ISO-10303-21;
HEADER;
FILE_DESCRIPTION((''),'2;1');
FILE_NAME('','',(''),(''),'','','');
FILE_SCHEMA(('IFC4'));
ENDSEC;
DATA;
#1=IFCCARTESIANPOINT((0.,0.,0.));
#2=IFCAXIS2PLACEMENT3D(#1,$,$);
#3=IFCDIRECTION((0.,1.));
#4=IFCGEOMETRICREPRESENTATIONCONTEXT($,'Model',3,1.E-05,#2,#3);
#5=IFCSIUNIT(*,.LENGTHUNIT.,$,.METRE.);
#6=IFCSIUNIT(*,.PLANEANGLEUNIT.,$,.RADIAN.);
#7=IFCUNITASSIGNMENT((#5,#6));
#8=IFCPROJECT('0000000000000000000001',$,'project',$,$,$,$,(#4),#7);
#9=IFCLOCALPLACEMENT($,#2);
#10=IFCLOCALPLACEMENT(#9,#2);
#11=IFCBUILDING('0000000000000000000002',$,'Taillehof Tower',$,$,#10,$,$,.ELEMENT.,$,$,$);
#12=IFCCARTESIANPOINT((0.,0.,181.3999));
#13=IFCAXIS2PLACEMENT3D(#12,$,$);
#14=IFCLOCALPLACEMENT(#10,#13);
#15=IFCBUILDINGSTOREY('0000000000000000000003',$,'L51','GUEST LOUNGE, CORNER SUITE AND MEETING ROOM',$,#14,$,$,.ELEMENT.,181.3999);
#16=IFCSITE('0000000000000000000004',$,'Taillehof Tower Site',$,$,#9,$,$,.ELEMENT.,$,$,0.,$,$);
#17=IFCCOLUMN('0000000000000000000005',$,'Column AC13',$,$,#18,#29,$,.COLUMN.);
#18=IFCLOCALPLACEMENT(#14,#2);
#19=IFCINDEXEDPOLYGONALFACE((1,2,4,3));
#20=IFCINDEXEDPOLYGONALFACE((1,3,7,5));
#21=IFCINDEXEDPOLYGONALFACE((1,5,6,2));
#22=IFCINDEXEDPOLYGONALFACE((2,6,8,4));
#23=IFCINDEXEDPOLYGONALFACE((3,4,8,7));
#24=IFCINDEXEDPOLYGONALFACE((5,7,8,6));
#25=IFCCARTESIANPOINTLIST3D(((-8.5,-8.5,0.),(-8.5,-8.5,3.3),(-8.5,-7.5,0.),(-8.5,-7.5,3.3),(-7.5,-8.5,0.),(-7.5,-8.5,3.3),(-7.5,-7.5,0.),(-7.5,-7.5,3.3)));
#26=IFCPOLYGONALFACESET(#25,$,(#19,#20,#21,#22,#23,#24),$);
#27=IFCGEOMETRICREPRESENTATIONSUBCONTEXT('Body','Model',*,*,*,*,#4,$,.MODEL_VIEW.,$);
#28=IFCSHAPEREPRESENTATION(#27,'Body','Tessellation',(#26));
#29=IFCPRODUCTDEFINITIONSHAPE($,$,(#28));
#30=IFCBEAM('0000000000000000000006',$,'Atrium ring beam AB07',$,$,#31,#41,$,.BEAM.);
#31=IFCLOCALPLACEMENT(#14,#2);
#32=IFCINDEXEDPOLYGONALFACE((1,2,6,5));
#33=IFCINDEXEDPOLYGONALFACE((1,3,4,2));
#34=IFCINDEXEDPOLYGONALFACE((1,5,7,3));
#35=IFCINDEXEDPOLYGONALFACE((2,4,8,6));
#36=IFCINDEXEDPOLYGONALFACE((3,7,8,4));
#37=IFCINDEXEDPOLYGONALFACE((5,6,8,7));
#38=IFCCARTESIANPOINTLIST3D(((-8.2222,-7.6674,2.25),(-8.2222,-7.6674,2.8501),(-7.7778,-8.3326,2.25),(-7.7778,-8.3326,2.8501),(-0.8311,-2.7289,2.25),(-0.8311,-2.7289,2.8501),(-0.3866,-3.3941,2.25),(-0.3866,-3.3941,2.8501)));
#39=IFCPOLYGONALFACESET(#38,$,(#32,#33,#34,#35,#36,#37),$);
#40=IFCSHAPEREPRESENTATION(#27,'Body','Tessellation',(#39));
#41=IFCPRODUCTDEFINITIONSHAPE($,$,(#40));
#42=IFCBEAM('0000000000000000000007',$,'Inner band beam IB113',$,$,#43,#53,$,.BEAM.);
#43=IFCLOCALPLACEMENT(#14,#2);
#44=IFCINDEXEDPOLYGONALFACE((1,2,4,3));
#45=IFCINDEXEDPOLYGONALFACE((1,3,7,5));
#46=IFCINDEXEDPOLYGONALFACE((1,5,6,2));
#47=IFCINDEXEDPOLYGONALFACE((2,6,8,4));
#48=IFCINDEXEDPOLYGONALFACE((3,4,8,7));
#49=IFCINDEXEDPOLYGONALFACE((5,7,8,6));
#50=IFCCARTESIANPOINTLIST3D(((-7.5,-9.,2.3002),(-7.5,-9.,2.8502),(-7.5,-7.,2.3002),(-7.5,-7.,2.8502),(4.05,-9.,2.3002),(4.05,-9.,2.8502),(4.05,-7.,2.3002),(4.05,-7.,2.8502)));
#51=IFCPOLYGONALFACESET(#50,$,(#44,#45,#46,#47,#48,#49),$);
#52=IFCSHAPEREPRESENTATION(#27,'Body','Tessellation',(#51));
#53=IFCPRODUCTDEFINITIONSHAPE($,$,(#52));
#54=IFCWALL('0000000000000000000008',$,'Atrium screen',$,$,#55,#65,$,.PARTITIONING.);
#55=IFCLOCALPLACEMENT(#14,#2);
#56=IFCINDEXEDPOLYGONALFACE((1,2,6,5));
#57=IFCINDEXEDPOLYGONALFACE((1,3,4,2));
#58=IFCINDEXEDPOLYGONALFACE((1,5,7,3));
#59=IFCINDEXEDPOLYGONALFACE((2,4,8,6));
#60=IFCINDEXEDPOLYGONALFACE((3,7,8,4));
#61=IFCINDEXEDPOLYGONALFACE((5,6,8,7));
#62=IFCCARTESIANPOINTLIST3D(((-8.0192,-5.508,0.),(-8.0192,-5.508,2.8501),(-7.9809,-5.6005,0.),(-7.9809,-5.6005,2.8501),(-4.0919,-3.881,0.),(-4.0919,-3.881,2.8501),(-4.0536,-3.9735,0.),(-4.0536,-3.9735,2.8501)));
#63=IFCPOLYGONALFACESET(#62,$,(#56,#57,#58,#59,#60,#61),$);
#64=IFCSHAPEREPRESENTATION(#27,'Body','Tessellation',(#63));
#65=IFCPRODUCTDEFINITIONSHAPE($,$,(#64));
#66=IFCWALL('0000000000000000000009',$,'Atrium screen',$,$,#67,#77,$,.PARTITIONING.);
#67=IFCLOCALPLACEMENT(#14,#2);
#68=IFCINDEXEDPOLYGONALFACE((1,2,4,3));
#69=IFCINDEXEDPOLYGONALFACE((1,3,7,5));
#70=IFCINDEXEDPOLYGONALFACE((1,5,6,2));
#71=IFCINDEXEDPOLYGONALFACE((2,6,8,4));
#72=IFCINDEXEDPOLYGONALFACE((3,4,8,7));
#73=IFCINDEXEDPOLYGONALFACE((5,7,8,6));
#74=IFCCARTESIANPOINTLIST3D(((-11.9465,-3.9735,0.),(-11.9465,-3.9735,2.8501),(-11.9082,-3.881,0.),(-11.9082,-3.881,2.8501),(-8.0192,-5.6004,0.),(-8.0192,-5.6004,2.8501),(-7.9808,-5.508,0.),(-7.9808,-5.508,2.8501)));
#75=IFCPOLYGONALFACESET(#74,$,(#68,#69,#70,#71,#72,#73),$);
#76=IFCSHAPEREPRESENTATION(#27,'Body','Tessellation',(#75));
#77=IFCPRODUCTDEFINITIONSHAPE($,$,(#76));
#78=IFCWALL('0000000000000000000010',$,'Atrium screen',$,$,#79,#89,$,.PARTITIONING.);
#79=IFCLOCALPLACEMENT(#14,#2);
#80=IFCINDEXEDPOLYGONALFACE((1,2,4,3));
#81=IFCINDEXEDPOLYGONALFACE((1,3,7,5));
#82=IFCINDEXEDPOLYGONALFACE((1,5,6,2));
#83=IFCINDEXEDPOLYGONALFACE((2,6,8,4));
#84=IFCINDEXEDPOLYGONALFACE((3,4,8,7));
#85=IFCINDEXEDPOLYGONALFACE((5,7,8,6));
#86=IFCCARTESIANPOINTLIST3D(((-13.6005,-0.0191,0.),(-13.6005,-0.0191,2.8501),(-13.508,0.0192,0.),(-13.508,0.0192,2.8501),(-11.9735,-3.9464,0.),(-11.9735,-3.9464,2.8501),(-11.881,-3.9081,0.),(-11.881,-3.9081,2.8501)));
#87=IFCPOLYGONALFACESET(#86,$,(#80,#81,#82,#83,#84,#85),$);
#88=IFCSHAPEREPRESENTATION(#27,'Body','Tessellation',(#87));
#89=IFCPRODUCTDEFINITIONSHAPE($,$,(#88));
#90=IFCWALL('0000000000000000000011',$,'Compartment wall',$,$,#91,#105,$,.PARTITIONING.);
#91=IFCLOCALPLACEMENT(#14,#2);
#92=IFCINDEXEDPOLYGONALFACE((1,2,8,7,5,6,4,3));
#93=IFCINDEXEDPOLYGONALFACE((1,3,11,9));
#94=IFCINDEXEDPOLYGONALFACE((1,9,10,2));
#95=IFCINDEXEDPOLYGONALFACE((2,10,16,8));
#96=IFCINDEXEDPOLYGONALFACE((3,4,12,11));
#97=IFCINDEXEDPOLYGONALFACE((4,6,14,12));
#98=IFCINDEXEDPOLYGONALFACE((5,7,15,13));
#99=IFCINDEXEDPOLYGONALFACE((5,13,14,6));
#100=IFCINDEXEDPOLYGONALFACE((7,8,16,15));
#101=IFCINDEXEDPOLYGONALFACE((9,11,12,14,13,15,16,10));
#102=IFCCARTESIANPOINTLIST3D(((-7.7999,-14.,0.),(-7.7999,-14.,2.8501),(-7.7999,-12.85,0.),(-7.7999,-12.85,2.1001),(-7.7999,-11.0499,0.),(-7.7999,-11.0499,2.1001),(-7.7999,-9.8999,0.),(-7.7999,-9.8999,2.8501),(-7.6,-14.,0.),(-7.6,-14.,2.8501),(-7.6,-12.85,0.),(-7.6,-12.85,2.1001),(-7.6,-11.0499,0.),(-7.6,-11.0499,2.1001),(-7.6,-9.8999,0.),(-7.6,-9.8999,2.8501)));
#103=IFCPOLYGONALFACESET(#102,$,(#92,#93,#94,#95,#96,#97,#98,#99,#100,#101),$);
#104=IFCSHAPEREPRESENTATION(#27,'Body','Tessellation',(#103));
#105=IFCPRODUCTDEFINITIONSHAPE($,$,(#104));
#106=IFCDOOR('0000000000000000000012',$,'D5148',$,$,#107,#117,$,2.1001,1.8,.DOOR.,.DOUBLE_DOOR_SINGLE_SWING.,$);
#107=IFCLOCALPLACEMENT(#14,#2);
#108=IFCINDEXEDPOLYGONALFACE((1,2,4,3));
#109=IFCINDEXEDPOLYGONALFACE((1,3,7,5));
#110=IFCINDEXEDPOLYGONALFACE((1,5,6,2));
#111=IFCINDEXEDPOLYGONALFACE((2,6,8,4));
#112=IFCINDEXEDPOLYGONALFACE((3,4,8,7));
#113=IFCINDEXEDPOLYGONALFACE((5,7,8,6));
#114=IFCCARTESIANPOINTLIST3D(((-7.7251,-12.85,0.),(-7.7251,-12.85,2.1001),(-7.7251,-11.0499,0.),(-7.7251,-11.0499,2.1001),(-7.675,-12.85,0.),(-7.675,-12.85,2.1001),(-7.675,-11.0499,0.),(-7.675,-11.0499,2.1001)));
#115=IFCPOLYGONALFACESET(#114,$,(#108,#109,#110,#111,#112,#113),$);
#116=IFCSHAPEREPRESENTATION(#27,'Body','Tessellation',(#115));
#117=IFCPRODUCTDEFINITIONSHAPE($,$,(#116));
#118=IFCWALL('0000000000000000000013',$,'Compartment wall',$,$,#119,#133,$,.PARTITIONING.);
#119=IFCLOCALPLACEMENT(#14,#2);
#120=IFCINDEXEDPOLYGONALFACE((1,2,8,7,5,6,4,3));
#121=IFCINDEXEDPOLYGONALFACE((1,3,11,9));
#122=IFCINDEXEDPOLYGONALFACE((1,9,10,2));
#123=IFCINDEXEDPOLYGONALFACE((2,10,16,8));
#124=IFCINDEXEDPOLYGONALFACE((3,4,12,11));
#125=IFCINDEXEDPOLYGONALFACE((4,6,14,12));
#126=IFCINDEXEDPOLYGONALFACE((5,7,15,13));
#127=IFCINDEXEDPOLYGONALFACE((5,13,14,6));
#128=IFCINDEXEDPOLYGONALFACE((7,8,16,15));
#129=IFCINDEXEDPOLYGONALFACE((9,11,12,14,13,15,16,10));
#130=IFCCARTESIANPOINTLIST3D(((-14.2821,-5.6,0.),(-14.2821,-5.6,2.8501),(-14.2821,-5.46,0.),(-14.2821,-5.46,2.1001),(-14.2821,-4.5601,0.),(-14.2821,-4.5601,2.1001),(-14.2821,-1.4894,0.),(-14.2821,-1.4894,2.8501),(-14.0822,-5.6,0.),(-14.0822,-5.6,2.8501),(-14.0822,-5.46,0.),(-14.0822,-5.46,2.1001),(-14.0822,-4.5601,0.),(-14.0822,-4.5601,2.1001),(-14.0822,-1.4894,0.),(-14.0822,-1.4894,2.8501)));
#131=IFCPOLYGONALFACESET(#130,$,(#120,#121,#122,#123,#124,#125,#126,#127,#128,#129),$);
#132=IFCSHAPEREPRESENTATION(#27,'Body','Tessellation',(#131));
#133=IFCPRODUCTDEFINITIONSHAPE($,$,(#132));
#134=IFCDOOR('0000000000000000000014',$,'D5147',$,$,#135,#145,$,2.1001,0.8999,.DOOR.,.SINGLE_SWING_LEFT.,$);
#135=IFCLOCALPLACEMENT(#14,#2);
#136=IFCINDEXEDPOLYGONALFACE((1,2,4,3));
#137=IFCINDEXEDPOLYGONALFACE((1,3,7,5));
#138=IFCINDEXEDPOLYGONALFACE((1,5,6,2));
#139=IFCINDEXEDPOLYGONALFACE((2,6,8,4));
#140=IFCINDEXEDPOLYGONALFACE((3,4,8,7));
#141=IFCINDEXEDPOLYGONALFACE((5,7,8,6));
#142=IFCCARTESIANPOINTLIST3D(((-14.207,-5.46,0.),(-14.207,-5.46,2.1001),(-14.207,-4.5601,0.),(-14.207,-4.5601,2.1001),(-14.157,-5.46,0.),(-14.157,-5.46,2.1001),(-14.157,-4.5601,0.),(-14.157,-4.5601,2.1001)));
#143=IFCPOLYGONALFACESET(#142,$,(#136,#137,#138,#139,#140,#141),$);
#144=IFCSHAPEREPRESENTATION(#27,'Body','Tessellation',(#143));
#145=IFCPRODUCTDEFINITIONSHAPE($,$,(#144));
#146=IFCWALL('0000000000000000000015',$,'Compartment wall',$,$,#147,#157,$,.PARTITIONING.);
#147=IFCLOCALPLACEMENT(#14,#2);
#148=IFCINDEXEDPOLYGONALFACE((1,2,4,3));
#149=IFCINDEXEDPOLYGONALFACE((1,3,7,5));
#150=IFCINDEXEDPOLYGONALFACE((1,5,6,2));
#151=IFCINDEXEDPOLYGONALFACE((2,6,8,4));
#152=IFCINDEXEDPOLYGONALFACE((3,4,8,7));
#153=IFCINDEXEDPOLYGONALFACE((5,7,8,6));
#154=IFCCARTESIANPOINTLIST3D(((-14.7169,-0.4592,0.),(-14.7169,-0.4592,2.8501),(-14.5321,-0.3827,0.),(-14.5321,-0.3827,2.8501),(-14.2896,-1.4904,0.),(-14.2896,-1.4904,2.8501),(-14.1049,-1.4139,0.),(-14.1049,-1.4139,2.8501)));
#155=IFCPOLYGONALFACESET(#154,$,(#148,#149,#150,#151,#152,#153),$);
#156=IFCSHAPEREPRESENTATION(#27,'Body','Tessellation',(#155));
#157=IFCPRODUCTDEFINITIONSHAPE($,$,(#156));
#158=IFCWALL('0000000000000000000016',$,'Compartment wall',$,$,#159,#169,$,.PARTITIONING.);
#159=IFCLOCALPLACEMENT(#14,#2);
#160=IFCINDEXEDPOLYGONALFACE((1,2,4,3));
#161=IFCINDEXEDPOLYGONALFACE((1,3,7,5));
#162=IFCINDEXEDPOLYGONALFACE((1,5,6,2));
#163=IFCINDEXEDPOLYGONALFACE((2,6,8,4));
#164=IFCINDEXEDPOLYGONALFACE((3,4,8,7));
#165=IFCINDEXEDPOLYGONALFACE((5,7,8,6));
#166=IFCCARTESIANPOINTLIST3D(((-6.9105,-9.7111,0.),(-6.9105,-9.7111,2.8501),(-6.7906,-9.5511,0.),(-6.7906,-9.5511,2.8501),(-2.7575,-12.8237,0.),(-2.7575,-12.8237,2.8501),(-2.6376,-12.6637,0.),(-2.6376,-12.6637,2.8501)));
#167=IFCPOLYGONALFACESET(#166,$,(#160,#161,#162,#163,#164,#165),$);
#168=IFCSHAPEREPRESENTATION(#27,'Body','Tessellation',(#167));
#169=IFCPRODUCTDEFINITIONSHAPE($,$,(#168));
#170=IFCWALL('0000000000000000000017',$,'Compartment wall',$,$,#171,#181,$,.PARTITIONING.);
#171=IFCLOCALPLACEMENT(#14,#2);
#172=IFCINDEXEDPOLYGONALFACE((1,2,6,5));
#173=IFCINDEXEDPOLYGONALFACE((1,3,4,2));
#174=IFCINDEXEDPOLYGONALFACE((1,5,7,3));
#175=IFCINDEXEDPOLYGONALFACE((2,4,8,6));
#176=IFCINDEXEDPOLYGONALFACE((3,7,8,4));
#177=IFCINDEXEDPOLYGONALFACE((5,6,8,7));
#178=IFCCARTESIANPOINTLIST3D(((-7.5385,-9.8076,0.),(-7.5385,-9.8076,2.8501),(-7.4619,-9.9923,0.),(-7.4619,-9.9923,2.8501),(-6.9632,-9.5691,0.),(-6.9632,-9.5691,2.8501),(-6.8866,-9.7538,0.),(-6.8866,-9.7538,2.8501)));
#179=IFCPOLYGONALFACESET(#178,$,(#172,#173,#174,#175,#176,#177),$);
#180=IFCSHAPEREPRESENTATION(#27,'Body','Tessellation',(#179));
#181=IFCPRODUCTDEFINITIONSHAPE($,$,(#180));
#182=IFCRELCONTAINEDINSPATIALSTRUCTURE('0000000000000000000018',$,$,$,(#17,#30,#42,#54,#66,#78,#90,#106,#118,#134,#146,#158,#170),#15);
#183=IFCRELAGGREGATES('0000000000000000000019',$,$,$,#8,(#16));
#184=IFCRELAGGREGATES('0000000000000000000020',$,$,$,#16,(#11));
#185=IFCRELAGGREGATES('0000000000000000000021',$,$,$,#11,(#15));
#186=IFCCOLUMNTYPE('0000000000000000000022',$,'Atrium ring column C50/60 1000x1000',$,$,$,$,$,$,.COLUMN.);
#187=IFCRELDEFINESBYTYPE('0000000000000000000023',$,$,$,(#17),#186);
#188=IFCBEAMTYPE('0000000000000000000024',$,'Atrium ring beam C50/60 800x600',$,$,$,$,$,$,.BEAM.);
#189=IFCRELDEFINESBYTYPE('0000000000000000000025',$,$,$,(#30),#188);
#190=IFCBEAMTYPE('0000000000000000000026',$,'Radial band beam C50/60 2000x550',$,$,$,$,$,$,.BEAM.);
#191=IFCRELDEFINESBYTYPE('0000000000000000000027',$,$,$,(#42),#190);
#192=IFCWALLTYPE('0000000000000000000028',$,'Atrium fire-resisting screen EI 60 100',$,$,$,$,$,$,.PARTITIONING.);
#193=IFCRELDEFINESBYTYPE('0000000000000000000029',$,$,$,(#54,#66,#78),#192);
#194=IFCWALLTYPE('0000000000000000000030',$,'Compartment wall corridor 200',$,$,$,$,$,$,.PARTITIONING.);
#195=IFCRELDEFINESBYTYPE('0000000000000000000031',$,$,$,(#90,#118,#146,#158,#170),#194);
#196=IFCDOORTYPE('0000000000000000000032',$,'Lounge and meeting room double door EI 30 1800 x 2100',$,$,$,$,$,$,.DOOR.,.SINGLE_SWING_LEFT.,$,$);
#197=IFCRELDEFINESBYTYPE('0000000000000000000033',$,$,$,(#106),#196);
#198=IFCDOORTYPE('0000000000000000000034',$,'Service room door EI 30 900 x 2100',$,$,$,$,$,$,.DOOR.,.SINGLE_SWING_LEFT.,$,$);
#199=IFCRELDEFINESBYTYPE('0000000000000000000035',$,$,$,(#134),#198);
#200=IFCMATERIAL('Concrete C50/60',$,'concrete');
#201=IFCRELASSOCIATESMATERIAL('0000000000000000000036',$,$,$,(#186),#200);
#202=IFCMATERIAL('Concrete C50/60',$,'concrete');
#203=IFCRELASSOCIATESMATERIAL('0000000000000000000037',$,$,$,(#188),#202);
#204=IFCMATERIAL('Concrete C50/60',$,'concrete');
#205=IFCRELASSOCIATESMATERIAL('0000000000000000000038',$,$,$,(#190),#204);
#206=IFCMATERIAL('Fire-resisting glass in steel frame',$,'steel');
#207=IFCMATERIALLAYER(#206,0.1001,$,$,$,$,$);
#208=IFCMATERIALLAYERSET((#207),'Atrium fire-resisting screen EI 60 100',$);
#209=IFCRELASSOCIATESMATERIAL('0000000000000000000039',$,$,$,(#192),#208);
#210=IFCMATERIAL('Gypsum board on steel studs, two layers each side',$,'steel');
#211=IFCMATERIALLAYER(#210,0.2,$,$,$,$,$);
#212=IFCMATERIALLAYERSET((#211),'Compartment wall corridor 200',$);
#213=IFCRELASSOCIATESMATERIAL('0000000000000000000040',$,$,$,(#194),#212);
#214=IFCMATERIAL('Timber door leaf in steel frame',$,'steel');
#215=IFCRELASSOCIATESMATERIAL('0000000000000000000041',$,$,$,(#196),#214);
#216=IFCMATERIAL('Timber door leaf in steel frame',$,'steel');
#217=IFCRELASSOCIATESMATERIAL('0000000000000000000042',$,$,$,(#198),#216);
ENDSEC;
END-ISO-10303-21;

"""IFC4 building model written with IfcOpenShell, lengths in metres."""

from ifc_helpers import new_model, si_unit, direction, frame, frame_2d, origin, origin_2d, place, context, subcontext, project, spatial, rectangle, extrude, material, layer, layer_set, material_profile, profile_set, type_object, element, fill, save


model = new_model("IFC4")

# Units and contexts
model_context = context("Model", 3, precision=1e-05, world=origin(), true_north=direction((0.0, 1.0)))
body_context = subcontext(model_context, "Body", "Model", "MODEL_VIEW")
ifc_project = project(units=[si_unit("LENGTHUNIT", "METRE"), si_unit("PLANEANGLEUNIT", "RADIAN")], contexts=[model_context])

# Site, building, storey
site_placement = place(None, origin())
site = spatial("IfcSite", under=ifc_project, at=site_placement, Name="Taillehof Tower Site", CompositionType="ELEMENT", RefElevation=0.0)
building_placement = place(site_placement, origin())
building = spatial("IfcBuilding", under=site, at=building_placement, Name="Taillehof Tower", CompositionType="ELEMENT")
storey_placement = place(building_placement, frame((0.0, 0.0, 181.3999)))
storey = spatial("IfcBuildingStorey", under=building, at=storey_placement, Name="L51", Description="GUEST LOUNGE, CORNER SUITE AND MEETING ROOM", CompositionType="ELEMENT", Elevation=181.3999)

# Column
ifc_material_1 = material(Name="Concrete C50/60", Category="concrete")
ifc_material_profile_1 = material_profile(ifc_material_1, rectangle(XDim=1.0, YDim=1.0, at=origin_2d()), Name="RC 1000x1000")
ifc_profile_set_1 = profile_set([ifc_material_profile_1], Name="Concrete C50/60")
column_type = type_object("IfcColumnType", Name="Atrium ring column C50/60 1000x1000", PredefinedType="COLUMN", material=ifc_profile_set_1)
column_placement = place(storey_placement, frame((-8.0, -8.0, 0.0), z_axis=(0.0, 0.0, 1.0), x_axis=(1.0, 0.0, 0.0)))
element("IfcColumn", 1, at=column_placement, inside=storey, type_object=column_type, Name="Column AC13", PredefinedType="COLUMN", context=body_context, shape_type="SweptSolid", body=[
    extrude(rectangle(XDim=1.0, YDim=1.0, at=origin_2d()), origin(), (0.0, 0.0, 1.0), 3.3),
])

# Beams
ifc_material_2 = material(Name="Concrete C50/60", Category="concrete")
ifc_material_profile_2 = material_profile(ifc_material_2, rectangle(XDim=0.8, YDim=0.6001, at=origin_2d()), Name="RC 800x600")
ifc_profile_set_2 = profile_set([ifc_material_profile_2], Name="Concrete C50/60")
beam_type_1 = type_object("IfcBeamType", Name="Atrium ring beam C50/60 800x600", PredefinedType="BEAM", material=ifc_profile_set_2)
beam_1_placement = place(storey_placement, frame((-8.0, -8.0, 2.55), z_axis=(0.831475, 0.555562, 0.0), x_axis=(-0.555562, 0.831475, 0.0)))
element("IfcBeam", 2, at=beam_1_placement, inside=storey, type_object=beam_type_1, Name="Atrium ring beam AB07", PredefinedType="BEAM", context=body_context, shape_type="SweptSolid", body=[
    extrude(rectangle(XDim=0.8, YDim=0.6001, at=origin_2d()), origin(), (0.0, 0.0, 1.0), 8.8892),
])
ifc_material_3 = material(Name="Concrete C50/60", Category="concrete")
ifc_material_profile_3 = material_profile(ifc_material_3, rectangle(XDim=2.0, YDim=0.55, at=origin_2d()), Name="RC 2000x550")
ifc_profile_set_3 = profile_set([ifc_material_profile_3], Name="Concrete C50/60")
beam_type_2 = type_object("IfcBeamType", Name="Radial band beam C50/60 2000x550", PredefinedType="BEAM", material=ifc_profile_set_3)
beam_2_placement = place(storey_placement, frame((-7.5, -8.0, 2.5752), z_axis=(1.0, 0.0, 0.0), x_axis=(0.0, 1.0, 0.0)))
element("IfcBeam", 3, at=beam_2_placement, inside=storey, type_object=beam_type_2, Name="Inner band beam IB113", PredefinedType="BEAM", context=body_context, shape_type="SweptSolid", body=[
    extrude(rectangle(XDim=2.0, YDim=0.55, at=origin_2d()), origin(), (0.0, 0.0, 1.0), 11.55),
])

# Walls
ifc_material_4 = material(Name="Fire-resisting glass in steel frame", Category="steel")
ifc_layer_1 = layer(ifc_material_4, 0.1001)
ifc_layer_set_1 = layer_set([ifc_layer_1], Name="Atrium fire-resisting screen EI 60 100")
wall_type_1 = type_object("IfcWallType", Name="Atrium fire-resisting screen EI 60 100", PredefinedType="PARTITIONING", material=ifc_layer_set_1)
for number, where, z_axis, x_axis, name in (
    (4, (-4.0728, -3.9272, 0.0), (0.0, 0.0, 1.0), (-0.92386, -0.382731, 0.0), "Atrium screen"),
    (5, (-8.0, -5.5542, 0.0), (0.0, 0.0, 1.0), (-0.92386, 0.382731, 0.0), "Atrium screen"),
    (6, (-11.9272, -3.9272, 0.0), (0.0, 0.0, 1.0), (-0.382731, 0.92386, 0.0), "Atrium screen"),
):
    element("IfcWall", number, at=place(storey_placement, frame(where, z_axis=z_axis, x_axis=x_axis)), inside=storey, type_object=wall_type_1, Name=name, PredefinedType="PARTITIONING", context=body_context, shape_type="SweptSolid", body=[
        extrude(rectangle(XDim=4.251, YDim=0.1001, at=frame_2d((2.1255, 0.0))), origin(), (0.0, 0.0, 1.0), 2.8501),
    ])

# Walls, openings, doors
ifc_material_5 = material(Name="Gypsum board on steel studs, two layers each side", Category="steel")
ifc_layer_2 = layer(ifc_material_5, 0.2)
ifc_layer_set_2 = layer_set([ifc_layer_2], Name="Compartment wall corridor 200")
wall_type_2 = type_object("IfcWallType", Name="Compartment wall corridor 200", PredefinedType="PARTITIONING", material=ifc_layer_set_2)
wall_1_placement = place(storey_placement, frame((-7.7, -9.8999, 0.0), z_axis=(0.0, 0.0, 1.0), x_axis=(0.0, -1.0, 0.0)))
wall_1 = element("IfcWall", 7, at=wall_1_placement, inside=storey, type_object=wall_type_2, Name="Compartment wall", PredefinedType="PARTITIONING", context=body_context, shape_type="SweptSolid", body=[
    extrude(rectangle(XDim=4.1001, YDim=0.2, at=frame_2d((2.05, 0.0))), origin(), (0.0, 0.0, 1.0), 2.8501),
])
opening_1_placement = place(wall_1_placement, frame((1.1501, 0.0, 0.0)))
opening_1 = element("IfcOpeningElement", 8, at=opening_1_placement, cuts=wall_1, PredefinedType="OPENING", context=body_context, shape_type="SweptSolid", body=[
    extrude(rectangle(XDim=1.8, YDim=2.1001, at=frame_2d((0.8999, 1.05))), frame((0.0, 0.1099, 0.0), z_axis=(0.0, -1.0, 0.0), x_axis=(1.0, 0.0, 0.0)), (0.0, 0.0, 1.0), 0.22),
])
ifc_material_6 = material(Name="Timber door leaf in steel frame", Category="steel")
door_type_1 = type_object("IfcDoorType", Name="Lounge and meeting room double door EI 30 1800 x 2100", OperationType="SINGLE_SWING_LEFT", PredefinedType="DOOR", material=ifc_material_6)
door_1_placement = place(opening_1_placement, origin())
door_1 = element("IfcDoor", 9, at=door_1_placement, inside=storey, type_object=door_type_1, Name="D5148", OperationType="DOUBLE_DOOR_SINGLE_SWING", OverallHeight=2.1001, OverallWidth=1.8, PredefinedType="DOOR", context=body_context, shape_type="SweptSolid", body=[
    extrude(rectangle(XDim=1.8, YDim=2.1001, at=frame_2d((0.8999, 1.05))), frame((0.0, 0.0249, 0.0), z_axis=(0.0, -1.0, 0.0), x_axis=(1.0, 0.0, 0.0)), (0.0, 0.0, 1.0), 0.05),
])
fill(opening_1, door_1)
wall_2_placement = place(storey_placement, frame((-14.1821, -5.5999, 0.0), z_axis=(0.0, 0.0, 1.0), x_axis=(0.0, 1.0, 0.0)))
wall_2 = element("IfcWall", 10, at=wall_2_placement, inside=storey, type_object=wall_type_2, Name="Compartment wall", PredefinedType="PARTITIONING", context=body_context, shape_type="SweptSolid", body=[
    extrude(rectangle(XDim=4.1106, YDim=0.2, at=frame_2d((2.0552, 0.0))), origin(), (0.0, 0.0, 1.0), 2.8501),
])
opening_2_placement = place(wall_2_placement, frame((0.1399, 0.0, 0.0)))
opening_2 = element("IfcOpeningElement", 11, at=opening_2_placement, cuts=wall_2, PredefinedType="OPENING", context=body_context, shape_type="SweptSolid", body=[
    extrude(rectangle(XDim=0.8999, YDim=2.1001, at=frame_2d((0.45, 1.05))), frame((0.0, 0.1099, 0.0), z_axis=(0.0, -1.0, 0.0), x_axis=(1.0, 0.0, 0.0)), (0.0, 0.0, 1.0), 0.22),
])
ifc_material_7 = material(Name="Timber door leaf in steel frame", Category="steel")
door_type_2 = type_object("IfcDoorType", Name="Service room door EI 30 900 x 2100", OperationType="SINGLE_SWING_LEFT", PredefinedType="DOOR", material=ifc_material_7)
door_2_placement = place(opening_2_placement, origin())
door_2 = element("IfcDoor", 12, at=door_2_placement, inside=storey, type_object=door_type_2, Name="D5147", OperationType="SINGLE_SWING_LEFT", OverallHeight=2.1001, OverallWidth=0.8999, PredefinedType="DOOR", context=body_context, shape_type="SweptSolid", body=[
    extrude(rectangle(XDim=0.8999, YDim=2.1001, at=frame_2d((0.45, 1.05))), frame((0.0, 0.0249, 0.0), z_axis=(0.0, -1.0, 0.0), x_axis=(1.0, 0.0, 0.0)), (0.0, 0.0, 1.0), 0.05),
])
fill(opening_2, door_2)

# Walls
wall_3_placement = place(storey_placement, frame((-14.1973, -1.4521, 0.0), z_axis=(0.0, 0.0, 1.0), x_axis=(-0.382751, 0.923852, 0.0)))
element("IfcWall", 13, at=wall_3_placement, inside=storey, type_object=wall_type_2, Name="Compartment wall", PredefinedType="PARTITIONING", context=body_context, shape_type="SweptSolid", body=[
    extrude(rectangle(XDim=1.1162, YDim=0.2, at=frame_2d((0.5581, 0.0))), origin(), (0.0, 0.0, 1.0), 2.8501),
])
wall_4_placement = place(storey_placement, frame((-2.6975, -12.7437, 0.0), z_axis=(0.0, 0.0, 1.0), x_axis=(-0.800209, 0.599721, 0.0)))
element("IfcWall", 14, at=wall_4_placement, inside=storey, type_object=wall_type_2, Name="Compartment wall", PredefinedType="PARTITIONING", context=body_context, shape_type="SweptSolid", body=[
    extrude(rectangle(XDim=5.1899, YDim=0.2, at=frame_2d((2.595, 0.0))), origin(), (0.0, 0.0, 1.0), 2.8501),
])
wall_5_placement = place(storey_placement, frame((-6.9248, -9.6614, 0.0), z_axis=(0.0, 0.0, 1.0), x_axis=(-0.923725, -0.383056, 0.0)))
element("IfcWall", 15, at=wall_5_placement, inside=storey, type_object=wall_type_2, Name="Compartment wall", PredefinedType="PARTITIONING", context=body_context, shape_type="SweptSolid", body=[
    extrude(rectangle(XDim=0.6228, YDim=0.2, at=frame_2d((0.3115, 0.0))), origin(), (0.0, 0.0, 1.0), 2.8501),
])

save(model, "model.ifc")
